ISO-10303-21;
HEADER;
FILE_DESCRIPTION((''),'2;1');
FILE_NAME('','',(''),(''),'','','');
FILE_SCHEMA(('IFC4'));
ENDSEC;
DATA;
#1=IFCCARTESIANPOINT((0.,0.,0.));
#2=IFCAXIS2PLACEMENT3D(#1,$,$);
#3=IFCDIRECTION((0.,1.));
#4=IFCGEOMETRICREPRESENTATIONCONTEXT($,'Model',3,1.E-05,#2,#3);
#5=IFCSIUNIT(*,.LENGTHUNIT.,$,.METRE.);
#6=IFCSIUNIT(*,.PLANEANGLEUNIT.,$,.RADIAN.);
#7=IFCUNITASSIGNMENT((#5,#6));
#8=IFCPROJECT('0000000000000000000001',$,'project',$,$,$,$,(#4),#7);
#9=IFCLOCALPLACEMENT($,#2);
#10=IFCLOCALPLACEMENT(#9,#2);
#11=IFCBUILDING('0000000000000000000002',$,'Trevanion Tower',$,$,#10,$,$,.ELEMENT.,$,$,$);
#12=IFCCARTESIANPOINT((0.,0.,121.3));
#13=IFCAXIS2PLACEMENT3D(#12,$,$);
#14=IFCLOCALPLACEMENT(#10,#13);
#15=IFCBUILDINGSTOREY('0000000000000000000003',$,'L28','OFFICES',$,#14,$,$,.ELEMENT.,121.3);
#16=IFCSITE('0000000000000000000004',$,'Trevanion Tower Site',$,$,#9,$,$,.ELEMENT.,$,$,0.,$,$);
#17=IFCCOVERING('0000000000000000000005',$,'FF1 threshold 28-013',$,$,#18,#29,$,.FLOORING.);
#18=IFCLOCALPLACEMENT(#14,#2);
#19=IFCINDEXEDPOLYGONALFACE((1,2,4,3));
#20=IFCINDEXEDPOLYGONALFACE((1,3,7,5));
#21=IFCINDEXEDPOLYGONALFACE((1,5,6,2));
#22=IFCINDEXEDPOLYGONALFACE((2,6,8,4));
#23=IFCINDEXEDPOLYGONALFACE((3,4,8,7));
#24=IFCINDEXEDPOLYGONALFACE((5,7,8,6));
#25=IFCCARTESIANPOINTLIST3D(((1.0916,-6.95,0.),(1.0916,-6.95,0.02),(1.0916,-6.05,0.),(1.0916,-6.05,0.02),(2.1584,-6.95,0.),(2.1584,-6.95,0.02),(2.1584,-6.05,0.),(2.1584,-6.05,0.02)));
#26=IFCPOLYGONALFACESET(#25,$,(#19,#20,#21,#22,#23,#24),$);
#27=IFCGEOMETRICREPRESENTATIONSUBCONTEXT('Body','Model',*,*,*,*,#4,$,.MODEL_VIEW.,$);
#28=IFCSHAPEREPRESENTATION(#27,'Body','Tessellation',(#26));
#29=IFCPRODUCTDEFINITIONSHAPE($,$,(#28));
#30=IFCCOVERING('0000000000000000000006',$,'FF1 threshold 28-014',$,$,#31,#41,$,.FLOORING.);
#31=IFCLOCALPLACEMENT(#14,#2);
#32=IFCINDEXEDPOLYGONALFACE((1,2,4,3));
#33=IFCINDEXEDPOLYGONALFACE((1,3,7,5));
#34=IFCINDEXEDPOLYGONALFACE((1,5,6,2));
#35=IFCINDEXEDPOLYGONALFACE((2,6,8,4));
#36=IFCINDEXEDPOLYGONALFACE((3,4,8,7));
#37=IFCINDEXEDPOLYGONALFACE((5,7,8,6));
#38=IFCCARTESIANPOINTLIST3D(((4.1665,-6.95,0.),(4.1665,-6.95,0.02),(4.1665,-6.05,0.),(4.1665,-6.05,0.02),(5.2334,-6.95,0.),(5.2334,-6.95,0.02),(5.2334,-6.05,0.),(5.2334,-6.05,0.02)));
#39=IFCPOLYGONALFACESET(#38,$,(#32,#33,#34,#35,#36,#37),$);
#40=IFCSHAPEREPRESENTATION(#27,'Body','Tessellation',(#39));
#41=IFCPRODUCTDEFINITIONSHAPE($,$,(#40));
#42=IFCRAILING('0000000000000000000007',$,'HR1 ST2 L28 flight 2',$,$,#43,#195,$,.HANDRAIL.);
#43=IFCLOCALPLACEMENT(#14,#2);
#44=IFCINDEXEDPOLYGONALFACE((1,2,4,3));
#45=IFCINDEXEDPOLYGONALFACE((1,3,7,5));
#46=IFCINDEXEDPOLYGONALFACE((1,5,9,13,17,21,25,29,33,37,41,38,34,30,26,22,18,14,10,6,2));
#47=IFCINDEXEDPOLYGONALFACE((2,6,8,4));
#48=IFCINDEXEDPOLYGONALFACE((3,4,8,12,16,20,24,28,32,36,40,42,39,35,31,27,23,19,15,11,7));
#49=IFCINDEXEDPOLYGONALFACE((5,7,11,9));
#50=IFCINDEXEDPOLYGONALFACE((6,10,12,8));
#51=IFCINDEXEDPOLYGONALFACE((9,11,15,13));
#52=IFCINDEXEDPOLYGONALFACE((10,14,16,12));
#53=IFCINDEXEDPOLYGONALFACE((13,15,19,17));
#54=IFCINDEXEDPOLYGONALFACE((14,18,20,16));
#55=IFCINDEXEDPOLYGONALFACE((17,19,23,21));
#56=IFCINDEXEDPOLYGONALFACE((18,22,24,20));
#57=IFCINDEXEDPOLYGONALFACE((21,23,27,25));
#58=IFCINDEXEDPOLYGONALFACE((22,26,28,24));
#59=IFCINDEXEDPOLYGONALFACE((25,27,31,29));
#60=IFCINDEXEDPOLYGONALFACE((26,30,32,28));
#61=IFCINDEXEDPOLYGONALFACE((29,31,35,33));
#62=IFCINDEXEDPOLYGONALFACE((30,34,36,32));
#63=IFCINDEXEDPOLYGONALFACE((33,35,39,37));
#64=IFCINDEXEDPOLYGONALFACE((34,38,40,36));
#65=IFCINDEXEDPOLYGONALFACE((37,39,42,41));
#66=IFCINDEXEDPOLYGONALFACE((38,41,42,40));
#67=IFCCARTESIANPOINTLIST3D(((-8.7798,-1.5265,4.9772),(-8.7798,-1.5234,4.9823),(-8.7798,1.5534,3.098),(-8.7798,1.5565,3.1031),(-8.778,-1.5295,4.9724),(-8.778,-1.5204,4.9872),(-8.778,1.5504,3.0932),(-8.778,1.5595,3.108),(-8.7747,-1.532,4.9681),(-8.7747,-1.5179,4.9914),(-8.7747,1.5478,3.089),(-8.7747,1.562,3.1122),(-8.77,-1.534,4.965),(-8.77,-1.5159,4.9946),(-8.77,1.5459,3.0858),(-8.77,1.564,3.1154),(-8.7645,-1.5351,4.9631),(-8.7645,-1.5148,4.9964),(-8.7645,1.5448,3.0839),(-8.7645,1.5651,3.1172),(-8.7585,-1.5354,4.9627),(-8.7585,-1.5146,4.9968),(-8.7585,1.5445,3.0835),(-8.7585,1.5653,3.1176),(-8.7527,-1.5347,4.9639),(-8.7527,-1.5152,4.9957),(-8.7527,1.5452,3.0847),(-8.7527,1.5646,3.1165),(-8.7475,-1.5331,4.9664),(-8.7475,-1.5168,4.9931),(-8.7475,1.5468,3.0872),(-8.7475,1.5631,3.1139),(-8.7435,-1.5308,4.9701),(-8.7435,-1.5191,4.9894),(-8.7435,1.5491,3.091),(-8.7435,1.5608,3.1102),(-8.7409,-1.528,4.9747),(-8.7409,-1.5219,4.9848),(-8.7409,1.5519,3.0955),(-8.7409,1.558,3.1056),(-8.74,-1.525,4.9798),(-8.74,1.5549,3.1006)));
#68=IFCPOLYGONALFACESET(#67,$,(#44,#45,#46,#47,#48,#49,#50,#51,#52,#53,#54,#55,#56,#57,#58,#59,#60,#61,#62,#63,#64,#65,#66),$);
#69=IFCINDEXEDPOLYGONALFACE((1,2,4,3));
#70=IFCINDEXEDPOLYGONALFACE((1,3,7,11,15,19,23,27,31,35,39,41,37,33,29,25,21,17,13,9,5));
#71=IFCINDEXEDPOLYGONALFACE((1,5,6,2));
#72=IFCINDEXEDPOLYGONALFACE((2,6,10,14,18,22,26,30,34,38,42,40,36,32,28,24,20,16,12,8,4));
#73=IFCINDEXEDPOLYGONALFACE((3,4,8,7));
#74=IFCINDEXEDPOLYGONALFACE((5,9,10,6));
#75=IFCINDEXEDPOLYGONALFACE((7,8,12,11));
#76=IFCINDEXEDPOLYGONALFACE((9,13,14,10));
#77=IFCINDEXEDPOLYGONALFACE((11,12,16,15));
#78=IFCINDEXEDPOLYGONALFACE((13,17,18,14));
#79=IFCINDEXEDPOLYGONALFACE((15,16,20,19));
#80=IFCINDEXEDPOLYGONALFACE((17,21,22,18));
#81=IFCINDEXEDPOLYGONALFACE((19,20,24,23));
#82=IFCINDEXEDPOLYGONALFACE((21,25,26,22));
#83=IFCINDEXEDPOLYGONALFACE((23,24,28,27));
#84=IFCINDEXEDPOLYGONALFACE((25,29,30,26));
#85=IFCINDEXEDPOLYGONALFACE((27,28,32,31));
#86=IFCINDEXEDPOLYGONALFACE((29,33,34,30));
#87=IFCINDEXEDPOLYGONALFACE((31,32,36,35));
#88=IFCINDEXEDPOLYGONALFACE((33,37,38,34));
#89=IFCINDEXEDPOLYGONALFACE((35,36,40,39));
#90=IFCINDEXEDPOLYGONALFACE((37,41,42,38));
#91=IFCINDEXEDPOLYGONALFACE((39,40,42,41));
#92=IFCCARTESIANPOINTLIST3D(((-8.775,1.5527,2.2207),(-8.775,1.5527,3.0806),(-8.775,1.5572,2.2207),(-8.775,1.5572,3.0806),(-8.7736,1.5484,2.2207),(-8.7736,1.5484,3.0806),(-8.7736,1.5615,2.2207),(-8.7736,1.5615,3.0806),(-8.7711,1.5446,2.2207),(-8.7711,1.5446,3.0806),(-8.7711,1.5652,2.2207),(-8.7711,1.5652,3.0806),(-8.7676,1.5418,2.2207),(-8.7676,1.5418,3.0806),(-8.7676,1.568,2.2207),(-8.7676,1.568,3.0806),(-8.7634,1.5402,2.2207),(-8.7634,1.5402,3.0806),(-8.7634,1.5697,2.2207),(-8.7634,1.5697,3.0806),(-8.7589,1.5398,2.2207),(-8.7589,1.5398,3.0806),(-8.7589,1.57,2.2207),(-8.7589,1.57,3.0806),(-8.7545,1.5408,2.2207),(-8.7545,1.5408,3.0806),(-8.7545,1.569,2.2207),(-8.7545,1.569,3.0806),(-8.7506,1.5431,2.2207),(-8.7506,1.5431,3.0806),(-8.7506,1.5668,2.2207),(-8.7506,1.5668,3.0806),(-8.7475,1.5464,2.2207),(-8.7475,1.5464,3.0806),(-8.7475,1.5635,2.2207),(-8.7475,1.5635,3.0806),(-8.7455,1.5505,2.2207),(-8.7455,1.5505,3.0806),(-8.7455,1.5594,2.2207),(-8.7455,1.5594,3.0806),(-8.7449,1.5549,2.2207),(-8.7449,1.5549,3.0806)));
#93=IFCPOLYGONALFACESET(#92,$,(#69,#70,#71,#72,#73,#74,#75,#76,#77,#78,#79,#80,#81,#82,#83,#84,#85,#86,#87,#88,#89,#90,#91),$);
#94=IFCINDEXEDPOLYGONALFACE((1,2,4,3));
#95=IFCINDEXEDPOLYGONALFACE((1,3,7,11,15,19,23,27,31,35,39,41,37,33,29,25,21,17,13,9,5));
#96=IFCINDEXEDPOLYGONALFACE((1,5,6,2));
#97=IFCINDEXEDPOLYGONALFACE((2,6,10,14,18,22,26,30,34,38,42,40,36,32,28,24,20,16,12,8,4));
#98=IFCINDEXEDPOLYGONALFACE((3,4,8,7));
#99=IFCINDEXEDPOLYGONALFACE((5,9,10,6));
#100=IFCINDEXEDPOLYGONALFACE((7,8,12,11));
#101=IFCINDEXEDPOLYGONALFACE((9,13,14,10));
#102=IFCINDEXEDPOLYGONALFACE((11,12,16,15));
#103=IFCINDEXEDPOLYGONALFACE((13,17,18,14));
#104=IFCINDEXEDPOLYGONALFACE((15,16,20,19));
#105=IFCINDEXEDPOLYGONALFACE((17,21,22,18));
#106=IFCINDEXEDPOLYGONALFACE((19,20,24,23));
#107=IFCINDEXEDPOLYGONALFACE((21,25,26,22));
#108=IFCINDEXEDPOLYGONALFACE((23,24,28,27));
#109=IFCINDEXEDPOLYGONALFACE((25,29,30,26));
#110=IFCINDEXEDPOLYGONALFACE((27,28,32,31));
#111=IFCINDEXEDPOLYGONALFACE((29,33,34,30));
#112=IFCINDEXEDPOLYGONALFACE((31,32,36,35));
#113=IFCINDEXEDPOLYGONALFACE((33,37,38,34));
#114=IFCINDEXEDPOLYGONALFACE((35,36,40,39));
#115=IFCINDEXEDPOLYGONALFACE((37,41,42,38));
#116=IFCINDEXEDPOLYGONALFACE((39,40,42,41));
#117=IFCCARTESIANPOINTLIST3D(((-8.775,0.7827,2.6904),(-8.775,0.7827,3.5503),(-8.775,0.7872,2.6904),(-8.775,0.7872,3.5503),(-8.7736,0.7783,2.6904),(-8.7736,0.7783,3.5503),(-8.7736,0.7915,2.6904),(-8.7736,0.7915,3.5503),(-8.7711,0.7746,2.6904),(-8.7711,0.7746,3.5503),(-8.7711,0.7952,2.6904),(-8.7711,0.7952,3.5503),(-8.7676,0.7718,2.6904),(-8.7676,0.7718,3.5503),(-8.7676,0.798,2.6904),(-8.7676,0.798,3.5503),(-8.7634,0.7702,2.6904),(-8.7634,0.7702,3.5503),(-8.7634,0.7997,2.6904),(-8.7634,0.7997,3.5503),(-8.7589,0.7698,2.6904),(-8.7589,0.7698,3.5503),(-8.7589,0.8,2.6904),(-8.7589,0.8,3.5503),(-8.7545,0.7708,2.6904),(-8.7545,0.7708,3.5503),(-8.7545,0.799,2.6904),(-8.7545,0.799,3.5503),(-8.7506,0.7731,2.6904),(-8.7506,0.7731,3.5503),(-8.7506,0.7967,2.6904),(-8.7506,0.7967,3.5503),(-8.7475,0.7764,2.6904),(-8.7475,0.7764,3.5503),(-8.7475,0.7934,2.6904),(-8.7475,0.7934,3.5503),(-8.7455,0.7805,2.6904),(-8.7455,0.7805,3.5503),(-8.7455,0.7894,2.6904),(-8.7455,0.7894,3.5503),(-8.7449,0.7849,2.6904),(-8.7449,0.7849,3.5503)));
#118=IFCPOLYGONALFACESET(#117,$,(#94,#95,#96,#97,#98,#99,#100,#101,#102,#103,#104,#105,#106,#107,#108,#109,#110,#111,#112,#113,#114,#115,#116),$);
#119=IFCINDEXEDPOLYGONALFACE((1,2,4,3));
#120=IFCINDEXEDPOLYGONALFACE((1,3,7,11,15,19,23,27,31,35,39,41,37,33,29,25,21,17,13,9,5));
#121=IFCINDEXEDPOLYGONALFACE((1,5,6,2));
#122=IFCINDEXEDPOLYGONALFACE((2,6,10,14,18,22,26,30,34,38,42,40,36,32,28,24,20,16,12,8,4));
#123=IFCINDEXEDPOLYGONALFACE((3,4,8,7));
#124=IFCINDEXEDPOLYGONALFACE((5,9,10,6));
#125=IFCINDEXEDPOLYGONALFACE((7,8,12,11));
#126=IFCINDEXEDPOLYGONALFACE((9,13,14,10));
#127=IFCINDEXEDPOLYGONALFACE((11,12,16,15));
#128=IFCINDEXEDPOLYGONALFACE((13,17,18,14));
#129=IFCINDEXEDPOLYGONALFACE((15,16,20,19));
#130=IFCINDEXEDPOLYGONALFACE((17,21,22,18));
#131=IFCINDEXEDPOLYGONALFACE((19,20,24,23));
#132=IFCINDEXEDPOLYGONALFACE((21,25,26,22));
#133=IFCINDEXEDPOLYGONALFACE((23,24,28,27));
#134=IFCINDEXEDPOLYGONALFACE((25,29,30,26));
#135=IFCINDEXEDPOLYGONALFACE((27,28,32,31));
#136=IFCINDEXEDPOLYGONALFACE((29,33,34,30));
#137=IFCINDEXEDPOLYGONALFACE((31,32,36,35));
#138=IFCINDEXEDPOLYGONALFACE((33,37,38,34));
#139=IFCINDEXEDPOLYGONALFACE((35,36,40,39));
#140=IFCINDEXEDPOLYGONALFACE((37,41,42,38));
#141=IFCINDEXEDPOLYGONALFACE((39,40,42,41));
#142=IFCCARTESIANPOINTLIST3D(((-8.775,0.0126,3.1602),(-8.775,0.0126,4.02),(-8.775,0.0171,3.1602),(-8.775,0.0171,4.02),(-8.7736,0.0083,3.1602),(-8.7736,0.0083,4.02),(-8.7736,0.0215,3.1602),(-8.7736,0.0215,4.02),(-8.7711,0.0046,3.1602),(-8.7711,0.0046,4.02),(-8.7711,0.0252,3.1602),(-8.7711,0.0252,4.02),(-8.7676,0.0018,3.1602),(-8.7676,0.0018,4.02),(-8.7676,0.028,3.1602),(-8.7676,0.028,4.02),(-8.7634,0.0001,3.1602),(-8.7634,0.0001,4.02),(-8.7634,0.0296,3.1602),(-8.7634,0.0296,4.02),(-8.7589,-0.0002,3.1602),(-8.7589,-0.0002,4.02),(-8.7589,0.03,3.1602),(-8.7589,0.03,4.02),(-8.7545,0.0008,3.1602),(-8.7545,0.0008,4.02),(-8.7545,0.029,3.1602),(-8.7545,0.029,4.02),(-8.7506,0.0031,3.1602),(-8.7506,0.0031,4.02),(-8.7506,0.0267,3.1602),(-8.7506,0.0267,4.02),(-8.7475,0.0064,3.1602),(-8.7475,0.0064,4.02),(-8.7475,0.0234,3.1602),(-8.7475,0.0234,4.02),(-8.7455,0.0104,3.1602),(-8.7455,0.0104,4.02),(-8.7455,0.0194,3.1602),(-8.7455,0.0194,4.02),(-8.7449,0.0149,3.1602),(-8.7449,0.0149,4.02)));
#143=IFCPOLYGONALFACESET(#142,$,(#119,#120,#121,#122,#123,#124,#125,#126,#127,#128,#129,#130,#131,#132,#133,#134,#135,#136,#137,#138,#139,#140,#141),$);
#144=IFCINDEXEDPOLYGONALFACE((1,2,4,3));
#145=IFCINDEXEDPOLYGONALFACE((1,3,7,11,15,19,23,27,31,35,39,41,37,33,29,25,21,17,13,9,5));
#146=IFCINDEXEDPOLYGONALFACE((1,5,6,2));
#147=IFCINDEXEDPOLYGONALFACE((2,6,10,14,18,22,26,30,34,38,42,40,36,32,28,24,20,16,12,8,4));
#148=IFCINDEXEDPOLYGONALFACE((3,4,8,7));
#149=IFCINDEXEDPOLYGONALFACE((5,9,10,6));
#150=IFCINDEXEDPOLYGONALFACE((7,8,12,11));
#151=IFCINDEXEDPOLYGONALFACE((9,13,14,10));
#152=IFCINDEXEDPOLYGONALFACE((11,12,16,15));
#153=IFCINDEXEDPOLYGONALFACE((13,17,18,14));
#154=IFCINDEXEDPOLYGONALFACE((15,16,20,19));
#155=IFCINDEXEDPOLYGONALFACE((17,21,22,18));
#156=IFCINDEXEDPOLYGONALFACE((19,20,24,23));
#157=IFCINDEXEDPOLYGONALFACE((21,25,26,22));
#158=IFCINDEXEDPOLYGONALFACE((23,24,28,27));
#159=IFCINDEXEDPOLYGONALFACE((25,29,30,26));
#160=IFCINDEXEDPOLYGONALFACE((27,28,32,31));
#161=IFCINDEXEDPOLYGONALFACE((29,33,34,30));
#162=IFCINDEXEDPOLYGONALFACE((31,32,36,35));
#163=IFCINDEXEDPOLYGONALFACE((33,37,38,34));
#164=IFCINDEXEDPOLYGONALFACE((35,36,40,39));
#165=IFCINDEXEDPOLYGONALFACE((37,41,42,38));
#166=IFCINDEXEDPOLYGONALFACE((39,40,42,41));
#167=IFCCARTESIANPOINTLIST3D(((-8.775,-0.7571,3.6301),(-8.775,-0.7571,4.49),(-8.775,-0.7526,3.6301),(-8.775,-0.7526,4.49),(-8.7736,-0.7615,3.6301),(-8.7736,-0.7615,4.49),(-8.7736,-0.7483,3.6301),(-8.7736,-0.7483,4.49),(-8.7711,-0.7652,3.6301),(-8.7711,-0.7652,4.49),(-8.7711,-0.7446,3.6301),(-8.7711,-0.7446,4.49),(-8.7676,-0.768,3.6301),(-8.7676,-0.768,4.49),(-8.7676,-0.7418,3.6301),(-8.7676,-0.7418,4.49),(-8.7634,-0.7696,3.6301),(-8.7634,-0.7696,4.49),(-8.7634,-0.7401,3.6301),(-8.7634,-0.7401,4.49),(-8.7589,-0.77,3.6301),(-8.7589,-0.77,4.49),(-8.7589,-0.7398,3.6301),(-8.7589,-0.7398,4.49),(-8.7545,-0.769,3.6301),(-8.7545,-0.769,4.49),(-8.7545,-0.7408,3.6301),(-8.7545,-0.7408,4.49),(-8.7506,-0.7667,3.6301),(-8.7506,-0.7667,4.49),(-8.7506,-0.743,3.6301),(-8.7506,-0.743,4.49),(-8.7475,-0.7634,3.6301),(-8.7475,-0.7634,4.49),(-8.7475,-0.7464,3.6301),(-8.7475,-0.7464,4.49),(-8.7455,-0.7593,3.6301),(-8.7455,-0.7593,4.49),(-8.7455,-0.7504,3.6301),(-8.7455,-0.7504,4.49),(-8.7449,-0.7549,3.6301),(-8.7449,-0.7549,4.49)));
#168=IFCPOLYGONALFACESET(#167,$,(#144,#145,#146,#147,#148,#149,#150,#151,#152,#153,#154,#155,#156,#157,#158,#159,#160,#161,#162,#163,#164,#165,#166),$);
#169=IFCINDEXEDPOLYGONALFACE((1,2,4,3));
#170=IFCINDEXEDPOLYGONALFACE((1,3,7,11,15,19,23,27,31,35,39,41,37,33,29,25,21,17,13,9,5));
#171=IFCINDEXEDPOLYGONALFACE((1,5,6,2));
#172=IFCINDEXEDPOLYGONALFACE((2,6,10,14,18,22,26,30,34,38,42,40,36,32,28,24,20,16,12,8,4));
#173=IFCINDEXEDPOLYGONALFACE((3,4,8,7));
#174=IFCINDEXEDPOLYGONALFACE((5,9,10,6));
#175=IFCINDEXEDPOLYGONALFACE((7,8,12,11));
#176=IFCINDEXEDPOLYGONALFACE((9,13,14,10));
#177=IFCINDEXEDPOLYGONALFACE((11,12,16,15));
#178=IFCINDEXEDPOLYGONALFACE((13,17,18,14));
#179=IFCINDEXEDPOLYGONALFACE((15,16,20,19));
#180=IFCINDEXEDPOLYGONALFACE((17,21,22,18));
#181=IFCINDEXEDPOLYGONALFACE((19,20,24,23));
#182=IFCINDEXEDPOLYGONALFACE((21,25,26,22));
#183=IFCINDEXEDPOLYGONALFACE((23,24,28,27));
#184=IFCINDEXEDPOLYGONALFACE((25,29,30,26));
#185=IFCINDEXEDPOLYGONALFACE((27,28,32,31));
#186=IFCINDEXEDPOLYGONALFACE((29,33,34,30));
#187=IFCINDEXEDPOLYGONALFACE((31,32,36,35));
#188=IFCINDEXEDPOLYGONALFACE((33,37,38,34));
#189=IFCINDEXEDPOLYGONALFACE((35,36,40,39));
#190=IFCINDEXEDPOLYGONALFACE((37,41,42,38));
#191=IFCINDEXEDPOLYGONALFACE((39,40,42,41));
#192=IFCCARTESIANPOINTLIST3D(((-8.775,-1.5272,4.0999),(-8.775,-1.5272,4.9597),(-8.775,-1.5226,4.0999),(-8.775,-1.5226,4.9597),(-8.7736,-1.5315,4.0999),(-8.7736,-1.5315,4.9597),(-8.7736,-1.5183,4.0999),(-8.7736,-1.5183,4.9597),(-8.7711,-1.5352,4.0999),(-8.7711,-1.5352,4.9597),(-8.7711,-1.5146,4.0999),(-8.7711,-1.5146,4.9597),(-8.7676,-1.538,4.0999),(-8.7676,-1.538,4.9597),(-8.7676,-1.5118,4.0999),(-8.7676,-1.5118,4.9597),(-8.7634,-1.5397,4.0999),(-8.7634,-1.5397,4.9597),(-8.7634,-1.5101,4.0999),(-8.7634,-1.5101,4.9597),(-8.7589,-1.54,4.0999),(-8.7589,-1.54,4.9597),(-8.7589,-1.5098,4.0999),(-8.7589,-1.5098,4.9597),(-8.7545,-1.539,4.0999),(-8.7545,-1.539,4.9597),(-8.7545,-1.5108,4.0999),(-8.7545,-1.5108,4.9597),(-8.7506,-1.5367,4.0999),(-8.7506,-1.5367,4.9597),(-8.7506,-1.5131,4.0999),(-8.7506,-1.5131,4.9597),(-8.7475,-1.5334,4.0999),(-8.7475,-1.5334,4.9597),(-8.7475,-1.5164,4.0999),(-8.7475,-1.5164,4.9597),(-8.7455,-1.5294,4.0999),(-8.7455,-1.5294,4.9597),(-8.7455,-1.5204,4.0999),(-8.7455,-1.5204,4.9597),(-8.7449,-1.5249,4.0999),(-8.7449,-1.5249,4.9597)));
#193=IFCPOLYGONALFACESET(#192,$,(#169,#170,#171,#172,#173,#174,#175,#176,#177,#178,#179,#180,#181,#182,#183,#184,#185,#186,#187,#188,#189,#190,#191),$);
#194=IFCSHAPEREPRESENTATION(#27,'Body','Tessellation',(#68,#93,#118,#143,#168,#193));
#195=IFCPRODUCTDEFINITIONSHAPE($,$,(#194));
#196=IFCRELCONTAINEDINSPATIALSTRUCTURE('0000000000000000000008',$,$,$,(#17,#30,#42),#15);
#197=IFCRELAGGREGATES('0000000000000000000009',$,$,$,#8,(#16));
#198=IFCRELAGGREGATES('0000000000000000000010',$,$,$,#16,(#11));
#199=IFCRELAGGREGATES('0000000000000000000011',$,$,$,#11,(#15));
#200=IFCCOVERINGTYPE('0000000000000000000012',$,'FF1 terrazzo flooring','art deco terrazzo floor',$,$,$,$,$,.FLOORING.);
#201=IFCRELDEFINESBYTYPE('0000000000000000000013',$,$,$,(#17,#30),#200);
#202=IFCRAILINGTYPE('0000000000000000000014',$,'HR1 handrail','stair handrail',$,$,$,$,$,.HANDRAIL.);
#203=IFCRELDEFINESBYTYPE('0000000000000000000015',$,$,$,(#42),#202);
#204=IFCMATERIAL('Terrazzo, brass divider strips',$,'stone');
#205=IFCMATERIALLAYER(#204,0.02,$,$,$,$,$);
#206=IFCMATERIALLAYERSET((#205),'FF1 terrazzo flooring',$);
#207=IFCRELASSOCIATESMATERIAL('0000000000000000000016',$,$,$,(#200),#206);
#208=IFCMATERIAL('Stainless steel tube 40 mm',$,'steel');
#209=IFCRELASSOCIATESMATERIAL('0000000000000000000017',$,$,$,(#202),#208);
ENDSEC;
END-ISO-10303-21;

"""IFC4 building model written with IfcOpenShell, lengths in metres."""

from ifc_helpers import new_model, si_unit, direction, frame, origin, origin_2d, place, context, subcontext, project, spatial, polyline, circle, outline, extrude, material, layer, layer_set, type_object, element, save


model = new_model("IFC4")

# Units and contexts
model_context = context("Model", 3, precision=1e-05, world=origin(), true_north=direction((0.0, 1.0)))
body_context = subcontext(model_context, "Body", "Model", "MODEL_VIEW")
ifc_project = project(units=[si_unit("LENGTHUNIT", "METRE"), si_unit("PLANEANGLEUNIT", "RADIAN")], contexts=[model_context])

# Site, building, storey
site_placement = place(None, origin())
site = spatial("IfcSite", under=ifc_project, at=site_placement, Name="Trevanion Tower Site", CompositionType="ELEMENT", RefElevation=0.0)
building_placement = place(site_placement, origin())
building = spatial("IfcBuilding", under=site, at=building_placement, Name="Trevanion Tower", CompositionType="ELEMENT")
storey_placement = place(building_placement, frame((0.0, 0.0, 121.3)))
storey = spatial("IfcBuildingStorey", under=building, at=storey_placement, Name="L28", Description="OFFICES", CompositionType="ELEMENT", Elevation=121.3)

# Coverings
ifc_material_1 = material(Name="Terrazzo, brass divider strips", Category="stone")
ifc_layer_1 = layer(ifc_material_1, 0.02)
ifc_layer_set_1 = layer_set([ifc_layer_1], Name="FF1 terrazzo flooring")
covering_type = type_object("IfcCoveringType", Name="FF1 terrazzo flooring", Description="art deco terrazzo floor", PredefinedType="FLOORING", material=ifc_layer_set_1)
covering_1_placement = place(storey_placement, origin())
element("IfcCovering", 1, at=covering_1_placement, inside=storey, type_object=covering_type, Name="FF1 threshold 28-013", PredefinedType="FLOORING", context=body_context, shape_type="SweptSolid", body=[
    extrude(outline(polyline([(1.0916, -6.95), (2.1584, -6.95), (2.1584, -6.05), (1.0916, -6.05), (1.0916, -6.95)])), origin(), (0.0, 0.0, 1.0), 0.02),
])
covering_2_placement = place(storey_placement, origin())
element("IfcCovering", 2, at=covering_2_placement, inside=storey, type_object=covering_type, Name="FF1 threshold 28-014", PredefinedType="FLOORING", context=body_context, shape_type="SweptSolid", body=[
    extrude(outline(polyline([(4.1665, -6.95), (5.2334, -6.95), (5.2334, -6.05), (4.1665, -6.05), (4.1665, -6.95)])), origin(), (0.0, 0.0, 1.0), 0.02),
])

# Railing
ifc_material_2 = material(Name="Stainless steel tube 40 mm", Category="steel")
railing_type = type_object("IfcRailingType", Name="HR1 handrail", Description="stair handrail", PredefinedType="HANDRAIL", material=ifc_material_2)
for number, where, name in (
    (3, (-8.76, 1.5549, 2.2207), "HR1 ST2 L28 flight 2"),
):
    element("IfcRailing", number, at=place(storey_placement, frame(where)), inside=storey, type_object=railing_type, Name=name, PredefinedType="HANDRAIL", context=body_context, shape_type="SweptSolid", body=[
        extrude(circle(Radius=0.02, at=origin_2d()), frame((0.0, 0.0, 0.8799), z_axis=(0.0, -0.853648, 0.52085), x_axis=(1.0, 0.0, 0.0)), (0.0, 0.0, 1.0), 3.6079),
        extrude(circle(Radius=0.0151, at=origin_2d()), origin(), (0.0, 0.0, 1.0), 0.8599),
        extrude(circle(Radius=0.0151, at=origin_2d()), frame((0.0, -0.77, 0.4697)), (0.0, 0.0, 1.0), 0.8599),
        extrude(circle(Radius=0.0151, at=origin_2d()), frame((0.0, -1.54, 0.9395)), (0.0, 0.0, 1.0), 0.8599),
        extrude(circle(Radius=0.0151, at=origin_2d()), frame((0.0, -2.3098, 1.4094)), (0.0, 0.0, 1.0), 0.8599),
        extrude(circle(Radius=0.0151, at=origin_2d()), frame((0.0, -3.0798, 1.8792)), (0.0, 0.0, 1.0), 0.8599),
    ])

save(model, "model.ifc")
